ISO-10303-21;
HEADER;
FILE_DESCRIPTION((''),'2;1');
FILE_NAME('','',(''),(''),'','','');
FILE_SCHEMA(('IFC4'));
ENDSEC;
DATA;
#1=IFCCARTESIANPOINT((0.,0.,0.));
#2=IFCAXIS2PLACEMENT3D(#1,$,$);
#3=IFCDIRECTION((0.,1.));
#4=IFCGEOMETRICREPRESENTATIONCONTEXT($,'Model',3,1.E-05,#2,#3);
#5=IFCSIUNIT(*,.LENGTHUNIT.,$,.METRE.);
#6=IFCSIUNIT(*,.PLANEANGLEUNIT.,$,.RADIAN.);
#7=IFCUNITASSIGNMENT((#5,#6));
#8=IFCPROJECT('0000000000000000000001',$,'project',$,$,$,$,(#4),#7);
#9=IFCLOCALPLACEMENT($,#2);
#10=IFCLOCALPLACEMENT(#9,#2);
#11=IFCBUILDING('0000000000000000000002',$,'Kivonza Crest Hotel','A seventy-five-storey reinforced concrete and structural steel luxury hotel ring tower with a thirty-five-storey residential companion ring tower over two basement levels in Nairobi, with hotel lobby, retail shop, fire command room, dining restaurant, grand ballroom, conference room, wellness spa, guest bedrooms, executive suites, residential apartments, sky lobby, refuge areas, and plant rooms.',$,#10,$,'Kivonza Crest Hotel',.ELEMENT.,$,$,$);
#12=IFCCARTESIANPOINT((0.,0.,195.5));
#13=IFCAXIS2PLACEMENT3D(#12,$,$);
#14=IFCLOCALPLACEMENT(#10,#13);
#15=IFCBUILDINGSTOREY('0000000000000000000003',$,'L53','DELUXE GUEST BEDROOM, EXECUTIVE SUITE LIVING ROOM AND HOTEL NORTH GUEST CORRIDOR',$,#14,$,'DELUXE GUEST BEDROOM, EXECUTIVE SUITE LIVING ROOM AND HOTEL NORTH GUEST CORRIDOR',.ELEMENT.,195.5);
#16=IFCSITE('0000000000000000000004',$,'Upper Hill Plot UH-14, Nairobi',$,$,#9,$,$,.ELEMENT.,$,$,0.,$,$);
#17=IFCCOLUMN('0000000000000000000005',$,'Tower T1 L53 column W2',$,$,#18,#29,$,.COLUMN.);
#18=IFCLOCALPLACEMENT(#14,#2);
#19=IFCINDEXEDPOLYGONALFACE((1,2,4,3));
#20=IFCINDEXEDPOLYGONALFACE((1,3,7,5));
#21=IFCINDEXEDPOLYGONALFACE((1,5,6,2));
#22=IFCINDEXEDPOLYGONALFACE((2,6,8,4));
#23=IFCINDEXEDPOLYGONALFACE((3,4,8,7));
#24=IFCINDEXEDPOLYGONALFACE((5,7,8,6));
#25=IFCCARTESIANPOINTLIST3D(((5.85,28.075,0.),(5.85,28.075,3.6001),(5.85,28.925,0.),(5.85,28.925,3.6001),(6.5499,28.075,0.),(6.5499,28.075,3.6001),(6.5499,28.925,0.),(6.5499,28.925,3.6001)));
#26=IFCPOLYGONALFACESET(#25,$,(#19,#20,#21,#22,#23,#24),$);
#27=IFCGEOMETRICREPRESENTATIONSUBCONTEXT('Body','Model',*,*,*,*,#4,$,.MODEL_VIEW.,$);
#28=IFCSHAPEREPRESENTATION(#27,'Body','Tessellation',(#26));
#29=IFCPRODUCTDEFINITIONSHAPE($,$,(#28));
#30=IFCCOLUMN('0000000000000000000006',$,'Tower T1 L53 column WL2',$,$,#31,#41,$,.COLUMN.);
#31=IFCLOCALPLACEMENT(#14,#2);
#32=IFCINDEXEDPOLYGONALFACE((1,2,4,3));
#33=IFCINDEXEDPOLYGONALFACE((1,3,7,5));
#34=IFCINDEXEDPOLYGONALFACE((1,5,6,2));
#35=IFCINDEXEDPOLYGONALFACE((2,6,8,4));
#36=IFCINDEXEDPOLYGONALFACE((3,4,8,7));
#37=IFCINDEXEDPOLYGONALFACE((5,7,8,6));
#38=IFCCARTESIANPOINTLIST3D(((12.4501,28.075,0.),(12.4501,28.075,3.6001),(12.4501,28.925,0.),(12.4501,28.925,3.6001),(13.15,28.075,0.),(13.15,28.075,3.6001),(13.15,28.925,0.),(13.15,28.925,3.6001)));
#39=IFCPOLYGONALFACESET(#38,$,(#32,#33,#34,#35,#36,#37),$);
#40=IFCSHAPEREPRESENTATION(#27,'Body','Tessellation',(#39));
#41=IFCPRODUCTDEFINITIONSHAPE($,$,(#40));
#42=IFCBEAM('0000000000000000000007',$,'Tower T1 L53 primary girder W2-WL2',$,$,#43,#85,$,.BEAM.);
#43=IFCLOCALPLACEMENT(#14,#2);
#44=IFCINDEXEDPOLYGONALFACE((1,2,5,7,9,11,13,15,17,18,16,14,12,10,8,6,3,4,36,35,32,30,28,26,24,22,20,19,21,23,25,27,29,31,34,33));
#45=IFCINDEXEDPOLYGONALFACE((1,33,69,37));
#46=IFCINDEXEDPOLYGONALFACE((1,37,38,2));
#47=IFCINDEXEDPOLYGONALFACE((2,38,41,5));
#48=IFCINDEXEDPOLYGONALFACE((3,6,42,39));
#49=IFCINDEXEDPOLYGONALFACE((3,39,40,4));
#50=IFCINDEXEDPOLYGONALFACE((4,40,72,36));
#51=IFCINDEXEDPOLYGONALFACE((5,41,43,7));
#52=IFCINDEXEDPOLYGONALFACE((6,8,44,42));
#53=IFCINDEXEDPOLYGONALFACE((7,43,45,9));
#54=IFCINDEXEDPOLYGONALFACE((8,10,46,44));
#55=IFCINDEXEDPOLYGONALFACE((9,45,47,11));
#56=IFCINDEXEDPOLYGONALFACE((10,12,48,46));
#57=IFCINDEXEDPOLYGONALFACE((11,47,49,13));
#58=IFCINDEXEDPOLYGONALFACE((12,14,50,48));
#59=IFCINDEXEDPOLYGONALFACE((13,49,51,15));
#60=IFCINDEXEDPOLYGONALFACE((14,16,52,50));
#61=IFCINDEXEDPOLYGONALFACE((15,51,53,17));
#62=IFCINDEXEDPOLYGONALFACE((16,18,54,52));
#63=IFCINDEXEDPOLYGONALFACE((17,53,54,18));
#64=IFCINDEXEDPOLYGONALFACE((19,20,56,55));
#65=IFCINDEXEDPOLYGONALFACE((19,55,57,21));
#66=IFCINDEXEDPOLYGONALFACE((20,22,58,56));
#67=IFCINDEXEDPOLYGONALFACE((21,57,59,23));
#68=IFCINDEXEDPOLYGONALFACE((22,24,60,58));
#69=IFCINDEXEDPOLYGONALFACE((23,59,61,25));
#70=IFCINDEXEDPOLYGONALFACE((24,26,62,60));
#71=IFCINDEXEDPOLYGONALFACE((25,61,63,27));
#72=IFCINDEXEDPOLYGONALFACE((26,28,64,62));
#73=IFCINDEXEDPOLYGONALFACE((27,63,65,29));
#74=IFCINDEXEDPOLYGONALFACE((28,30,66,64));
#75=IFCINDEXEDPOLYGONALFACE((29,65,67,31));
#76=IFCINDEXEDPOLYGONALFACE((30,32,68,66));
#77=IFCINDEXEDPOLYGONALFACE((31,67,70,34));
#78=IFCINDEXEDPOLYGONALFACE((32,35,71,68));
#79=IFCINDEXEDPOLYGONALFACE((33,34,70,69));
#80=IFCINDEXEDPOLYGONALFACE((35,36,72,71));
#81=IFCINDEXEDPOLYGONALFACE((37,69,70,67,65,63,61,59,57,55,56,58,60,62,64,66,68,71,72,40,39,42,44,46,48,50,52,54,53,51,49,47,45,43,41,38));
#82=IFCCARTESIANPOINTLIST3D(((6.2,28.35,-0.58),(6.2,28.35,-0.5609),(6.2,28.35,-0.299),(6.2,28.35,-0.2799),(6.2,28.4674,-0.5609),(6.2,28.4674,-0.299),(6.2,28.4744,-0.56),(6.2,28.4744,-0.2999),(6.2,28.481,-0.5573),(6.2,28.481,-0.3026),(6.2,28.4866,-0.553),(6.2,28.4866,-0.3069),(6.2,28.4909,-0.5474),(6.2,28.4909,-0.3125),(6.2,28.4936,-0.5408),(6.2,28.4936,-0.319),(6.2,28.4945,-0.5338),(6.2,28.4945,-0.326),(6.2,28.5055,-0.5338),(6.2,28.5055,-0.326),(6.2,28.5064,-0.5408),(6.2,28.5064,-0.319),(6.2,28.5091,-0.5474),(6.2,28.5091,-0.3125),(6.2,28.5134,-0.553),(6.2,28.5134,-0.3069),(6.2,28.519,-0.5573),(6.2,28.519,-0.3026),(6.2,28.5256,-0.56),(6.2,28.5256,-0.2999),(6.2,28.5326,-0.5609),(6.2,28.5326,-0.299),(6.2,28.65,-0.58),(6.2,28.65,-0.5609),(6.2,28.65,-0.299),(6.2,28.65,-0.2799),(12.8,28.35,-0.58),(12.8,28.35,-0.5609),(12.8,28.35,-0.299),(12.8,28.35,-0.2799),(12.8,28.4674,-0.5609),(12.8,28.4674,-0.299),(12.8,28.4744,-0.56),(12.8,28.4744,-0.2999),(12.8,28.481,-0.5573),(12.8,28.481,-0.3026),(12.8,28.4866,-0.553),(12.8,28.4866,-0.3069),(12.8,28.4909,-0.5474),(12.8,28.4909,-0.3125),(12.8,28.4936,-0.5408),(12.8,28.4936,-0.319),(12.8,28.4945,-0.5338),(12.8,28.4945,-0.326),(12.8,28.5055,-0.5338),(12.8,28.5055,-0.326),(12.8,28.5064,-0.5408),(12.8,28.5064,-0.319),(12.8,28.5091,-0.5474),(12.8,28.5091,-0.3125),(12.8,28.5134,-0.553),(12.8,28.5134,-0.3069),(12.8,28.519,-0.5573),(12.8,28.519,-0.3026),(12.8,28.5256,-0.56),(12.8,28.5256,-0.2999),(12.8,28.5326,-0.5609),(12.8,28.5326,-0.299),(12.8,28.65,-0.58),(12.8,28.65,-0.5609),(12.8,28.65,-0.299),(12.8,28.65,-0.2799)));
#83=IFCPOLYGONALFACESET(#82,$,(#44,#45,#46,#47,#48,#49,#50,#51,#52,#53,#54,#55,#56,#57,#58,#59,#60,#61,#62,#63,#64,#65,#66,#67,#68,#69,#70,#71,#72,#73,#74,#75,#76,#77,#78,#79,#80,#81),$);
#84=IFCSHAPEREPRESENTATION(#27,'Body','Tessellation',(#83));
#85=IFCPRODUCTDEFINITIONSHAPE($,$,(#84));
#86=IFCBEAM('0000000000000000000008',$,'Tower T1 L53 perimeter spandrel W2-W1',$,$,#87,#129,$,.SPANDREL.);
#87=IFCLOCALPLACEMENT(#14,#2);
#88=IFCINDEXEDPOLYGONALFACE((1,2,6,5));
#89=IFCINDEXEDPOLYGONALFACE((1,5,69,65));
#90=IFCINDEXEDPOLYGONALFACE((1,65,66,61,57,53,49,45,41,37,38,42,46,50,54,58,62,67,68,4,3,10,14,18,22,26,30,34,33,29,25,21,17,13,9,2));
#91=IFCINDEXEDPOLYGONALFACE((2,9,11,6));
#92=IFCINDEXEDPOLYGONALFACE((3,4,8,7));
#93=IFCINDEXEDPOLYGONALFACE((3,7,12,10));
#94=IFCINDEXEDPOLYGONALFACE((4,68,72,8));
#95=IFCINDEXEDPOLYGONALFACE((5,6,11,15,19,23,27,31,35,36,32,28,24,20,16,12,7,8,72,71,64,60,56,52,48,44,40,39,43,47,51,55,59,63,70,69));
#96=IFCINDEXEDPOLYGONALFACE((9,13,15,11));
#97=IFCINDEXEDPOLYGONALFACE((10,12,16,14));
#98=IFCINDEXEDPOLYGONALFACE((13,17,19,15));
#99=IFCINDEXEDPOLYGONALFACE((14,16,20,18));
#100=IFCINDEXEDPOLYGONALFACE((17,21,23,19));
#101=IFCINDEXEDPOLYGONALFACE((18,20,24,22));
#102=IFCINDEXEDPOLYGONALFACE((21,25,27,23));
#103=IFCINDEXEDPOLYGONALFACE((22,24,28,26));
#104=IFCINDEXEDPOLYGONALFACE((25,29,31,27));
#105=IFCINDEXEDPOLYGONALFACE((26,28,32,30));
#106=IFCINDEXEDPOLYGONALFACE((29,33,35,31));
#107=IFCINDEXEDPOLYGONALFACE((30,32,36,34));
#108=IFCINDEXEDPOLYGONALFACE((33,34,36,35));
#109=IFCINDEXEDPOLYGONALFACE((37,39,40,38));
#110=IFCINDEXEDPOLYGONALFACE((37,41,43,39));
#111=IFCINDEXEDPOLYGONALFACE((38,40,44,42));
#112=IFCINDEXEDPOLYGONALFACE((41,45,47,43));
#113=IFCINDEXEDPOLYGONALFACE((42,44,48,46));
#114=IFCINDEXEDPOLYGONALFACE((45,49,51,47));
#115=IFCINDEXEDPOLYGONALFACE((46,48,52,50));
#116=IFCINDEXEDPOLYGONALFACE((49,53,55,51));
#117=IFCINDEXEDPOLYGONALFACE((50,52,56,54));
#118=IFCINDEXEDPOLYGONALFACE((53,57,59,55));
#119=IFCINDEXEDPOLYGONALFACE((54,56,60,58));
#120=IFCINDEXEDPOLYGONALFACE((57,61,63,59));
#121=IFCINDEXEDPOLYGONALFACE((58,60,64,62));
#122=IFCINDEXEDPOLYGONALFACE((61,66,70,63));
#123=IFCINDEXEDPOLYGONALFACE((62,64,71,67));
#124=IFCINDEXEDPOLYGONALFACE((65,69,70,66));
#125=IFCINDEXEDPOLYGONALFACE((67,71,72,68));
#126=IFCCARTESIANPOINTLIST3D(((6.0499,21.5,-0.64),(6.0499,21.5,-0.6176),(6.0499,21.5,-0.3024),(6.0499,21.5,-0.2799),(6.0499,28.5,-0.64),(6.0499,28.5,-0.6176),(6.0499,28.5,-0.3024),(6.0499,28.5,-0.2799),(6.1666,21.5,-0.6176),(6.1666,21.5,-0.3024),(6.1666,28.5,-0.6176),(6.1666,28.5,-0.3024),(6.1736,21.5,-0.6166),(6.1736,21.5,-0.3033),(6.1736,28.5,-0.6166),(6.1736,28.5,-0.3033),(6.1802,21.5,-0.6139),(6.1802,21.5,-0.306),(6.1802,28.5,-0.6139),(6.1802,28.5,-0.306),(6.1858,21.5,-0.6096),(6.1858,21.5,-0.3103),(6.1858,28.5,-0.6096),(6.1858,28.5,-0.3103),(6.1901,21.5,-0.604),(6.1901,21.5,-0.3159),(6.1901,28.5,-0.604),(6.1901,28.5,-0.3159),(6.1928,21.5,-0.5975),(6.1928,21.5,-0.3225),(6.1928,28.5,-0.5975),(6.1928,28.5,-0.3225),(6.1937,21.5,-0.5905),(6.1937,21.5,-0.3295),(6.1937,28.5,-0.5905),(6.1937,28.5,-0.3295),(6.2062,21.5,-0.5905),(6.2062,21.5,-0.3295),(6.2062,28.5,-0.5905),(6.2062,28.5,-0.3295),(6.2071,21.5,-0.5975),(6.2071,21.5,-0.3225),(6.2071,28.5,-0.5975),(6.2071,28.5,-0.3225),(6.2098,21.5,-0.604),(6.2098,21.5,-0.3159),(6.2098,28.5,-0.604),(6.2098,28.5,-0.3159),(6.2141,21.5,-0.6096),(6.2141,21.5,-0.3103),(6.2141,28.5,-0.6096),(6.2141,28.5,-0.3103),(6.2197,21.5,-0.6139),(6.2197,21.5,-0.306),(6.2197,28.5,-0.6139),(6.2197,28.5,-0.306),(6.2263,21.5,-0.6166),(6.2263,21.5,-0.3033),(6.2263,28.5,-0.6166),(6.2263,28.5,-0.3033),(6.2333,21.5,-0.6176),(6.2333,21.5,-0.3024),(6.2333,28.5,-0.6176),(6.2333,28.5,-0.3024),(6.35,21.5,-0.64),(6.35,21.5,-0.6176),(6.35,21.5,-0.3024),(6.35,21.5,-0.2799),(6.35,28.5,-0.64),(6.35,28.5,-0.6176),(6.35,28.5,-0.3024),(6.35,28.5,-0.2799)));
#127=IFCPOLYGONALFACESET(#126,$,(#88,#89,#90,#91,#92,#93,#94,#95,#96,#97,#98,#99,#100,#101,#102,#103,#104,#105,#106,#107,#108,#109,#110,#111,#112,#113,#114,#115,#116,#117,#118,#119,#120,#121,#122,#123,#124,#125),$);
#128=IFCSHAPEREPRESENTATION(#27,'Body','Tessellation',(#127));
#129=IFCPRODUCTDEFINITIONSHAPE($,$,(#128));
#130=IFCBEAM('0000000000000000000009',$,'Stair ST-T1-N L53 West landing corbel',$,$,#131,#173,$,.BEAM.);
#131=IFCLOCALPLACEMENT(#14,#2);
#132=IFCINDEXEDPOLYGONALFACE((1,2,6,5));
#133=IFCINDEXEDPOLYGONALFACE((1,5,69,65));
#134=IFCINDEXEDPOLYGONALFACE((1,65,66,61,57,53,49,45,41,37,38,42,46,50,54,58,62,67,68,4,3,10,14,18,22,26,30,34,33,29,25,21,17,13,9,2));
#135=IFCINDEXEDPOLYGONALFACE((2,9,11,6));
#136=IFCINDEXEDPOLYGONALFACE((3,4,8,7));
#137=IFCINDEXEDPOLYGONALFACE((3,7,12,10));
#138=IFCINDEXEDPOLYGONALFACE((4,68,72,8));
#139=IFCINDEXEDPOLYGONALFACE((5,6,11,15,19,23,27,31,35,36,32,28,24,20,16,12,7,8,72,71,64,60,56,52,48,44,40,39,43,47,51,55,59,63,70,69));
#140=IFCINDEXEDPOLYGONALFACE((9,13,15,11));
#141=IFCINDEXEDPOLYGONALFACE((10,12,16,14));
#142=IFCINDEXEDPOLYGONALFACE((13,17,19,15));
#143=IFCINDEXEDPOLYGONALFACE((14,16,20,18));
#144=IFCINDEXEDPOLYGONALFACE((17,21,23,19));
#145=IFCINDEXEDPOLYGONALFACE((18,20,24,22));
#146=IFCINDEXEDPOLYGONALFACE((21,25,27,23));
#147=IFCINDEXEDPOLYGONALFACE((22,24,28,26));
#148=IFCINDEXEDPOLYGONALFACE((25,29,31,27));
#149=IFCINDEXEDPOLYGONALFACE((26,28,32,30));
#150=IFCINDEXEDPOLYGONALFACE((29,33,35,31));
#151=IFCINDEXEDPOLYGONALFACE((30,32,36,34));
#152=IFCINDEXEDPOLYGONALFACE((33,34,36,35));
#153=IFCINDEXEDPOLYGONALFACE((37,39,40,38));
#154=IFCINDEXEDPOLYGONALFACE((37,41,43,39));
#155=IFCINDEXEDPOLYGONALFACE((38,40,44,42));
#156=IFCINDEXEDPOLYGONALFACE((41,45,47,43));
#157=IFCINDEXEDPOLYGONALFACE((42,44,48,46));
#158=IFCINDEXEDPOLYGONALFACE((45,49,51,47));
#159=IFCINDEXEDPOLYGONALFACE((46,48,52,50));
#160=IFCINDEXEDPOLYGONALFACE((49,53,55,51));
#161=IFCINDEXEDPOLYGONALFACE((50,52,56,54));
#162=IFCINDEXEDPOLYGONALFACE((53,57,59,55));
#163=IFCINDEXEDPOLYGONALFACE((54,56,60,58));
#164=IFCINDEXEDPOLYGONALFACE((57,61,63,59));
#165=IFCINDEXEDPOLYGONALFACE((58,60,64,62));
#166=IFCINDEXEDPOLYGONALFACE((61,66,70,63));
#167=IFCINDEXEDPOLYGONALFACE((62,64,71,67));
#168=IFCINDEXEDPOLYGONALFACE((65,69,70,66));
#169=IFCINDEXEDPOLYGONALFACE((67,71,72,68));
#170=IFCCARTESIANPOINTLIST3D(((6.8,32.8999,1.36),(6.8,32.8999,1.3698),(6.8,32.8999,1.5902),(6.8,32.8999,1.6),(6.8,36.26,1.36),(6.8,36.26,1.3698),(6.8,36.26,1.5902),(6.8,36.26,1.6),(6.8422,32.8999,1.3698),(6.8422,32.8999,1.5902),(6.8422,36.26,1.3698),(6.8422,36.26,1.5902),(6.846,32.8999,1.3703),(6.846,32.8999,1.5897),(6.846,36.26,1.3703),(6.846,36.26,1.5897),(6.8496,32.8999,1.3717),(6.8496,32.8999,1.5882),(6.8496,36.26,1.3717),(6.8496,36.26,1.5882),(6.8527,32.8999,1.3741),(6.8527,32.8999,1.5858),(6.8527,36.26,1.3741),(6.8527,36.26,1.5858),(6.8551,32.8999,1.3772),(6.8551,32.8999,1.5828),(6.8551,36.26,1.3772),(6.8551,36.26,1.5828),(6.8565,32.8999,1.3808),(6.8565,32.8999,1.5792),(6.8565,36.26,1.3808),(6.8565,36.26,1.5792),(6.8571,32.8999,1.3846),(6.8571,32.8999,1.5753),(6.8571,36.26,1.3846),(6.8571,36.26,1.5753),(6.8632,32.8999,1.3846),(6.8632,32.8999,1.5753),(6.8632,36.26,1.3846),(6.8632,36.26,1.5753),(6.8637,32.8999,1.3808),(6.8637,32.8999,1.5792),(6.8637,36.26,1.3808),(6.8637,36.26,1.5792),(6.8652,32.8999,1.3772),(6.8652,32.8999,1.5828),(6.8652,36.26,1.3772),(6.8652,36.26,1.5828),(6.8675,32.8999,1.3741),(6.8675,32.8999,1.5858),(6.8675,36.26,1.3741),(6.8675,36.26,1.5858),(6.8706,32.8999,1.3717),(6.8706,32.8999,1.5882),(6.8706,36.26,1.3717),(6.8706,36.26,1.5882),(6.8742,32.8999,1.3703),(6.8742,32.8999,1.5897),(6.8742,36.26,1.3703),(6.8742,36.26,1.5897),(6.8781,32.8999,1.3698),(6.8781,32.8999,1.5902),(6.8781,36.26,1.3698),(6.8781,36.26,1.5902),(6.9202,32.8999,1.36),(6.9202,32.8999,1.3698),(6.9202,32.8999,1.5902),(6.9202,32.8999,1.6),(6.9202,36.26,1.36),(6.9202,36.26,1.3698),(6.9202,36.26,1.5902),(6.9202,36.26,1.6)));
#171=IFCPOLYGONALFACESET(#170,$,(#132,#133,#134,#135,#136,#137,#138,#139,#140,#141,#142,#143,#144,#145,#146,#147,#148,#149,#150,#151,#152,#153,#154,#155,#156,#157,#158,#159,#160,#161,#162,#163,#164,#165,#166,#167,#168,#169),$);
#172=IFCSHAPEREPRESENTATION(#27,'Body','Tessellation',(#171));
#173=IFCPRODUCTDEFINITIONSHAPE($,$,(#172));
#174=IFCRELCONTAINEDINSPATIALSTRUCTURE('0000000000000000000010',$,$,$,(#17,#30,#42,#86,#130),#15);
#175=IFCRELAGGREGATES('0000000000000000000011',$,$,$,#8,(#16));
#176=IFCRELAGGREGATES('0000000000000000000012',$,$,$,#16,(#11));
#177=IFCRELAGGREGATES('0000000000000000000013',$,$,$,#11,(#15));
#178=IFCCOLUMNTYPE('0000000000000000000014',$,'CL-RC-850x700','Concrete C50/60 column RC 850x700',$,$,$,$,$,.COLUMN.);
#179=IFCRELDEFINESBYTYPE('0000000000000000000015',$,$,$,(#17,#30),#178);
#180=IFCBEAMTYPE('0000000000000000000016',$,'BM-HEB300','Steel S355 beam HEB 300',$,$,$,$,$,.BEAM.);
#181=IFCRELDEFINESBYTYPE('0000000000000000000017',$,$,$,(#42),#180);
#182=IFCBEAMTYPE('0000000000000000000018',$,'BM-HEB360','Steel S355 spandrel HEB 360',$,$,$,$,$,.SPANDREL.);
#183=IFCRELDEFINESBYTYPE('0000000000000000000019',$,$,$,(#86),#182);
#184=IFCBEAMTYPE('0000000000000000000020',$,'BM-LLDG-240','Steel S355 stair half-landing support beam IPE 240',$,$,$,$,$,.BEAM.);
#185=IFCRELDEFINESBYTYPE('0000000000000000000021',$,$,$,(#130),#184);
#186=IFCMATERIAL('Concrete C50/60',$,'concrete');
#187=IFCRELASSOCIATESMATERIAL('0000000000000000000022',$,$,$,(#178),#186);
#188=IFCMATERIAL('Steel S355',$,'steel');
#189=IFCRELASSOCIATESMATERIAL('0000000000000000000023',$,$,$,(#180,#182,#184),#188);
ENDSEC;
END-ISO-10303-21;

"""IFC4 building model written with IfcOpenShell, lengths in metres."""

from ifc_helpers import new_model, si_unit, direction, frame, origin, origin_2d, place, context, subcontext, project, spatial, rectangle, i_section, extrude, material, material_profile, profile_set, type_object, element, save


model = new_model("IFC4")

# Units and contexts
model_context = context("Model", 3, precision=1e-05, world=origin(), true_north=direction((0.0, 1.0)))
body_context = subcontext(model_context, "Body", "Model", "MODEL_VIEW")
ifc_project = project(units=[si_unit("LENGTHUNIT", "METRE"), si_unit("PLANEANGLEUNIT", "RADIAN")], contexts=[model_context])

# Site, building, storey
site_placement = place(None, origin())
site = spatial("IfcSite", under=ifc_project, at=site_placement, Name="Upper Hill Plot UH-14, Nairobi", CompositionType="ELEMENT", RefElevation=0.0)
building_placement = place(site_placement, origin())
building = spatial("IfcBuilding", under=site, at=building_placement, Name="Kivonza Crest Hotel", Description="A seventy-five-storey reinforced concrete and structural steel luxury hotel ring tower with a thirty-five-storey residential companion ring tower over two basement levels in Nairobi, with hotel lobby, retail shop, fire command room, dining restaurant, grand ballroom, conference room, wellness spa, guest bedrooms, executive suites, residential apartments, sky lobby, refuge areas, and plant rooms.", LongName="Kivonza Crest Hotel", CompositionType="ELEMENT")
storey_placement = place(building_placement, frame((0.0, 0.0, 195.5)))
storey = spatial("IfcBuildingStorey", under=building, at=storey_placement, Name="L53", Description="DELUXE GUEST BEDROOM, EXECUTIVE SUITE LIVING ROOM AND HOTEL NORTH GUEST CORRIDOR", LongName="DELUXE GUEST BEDROOM, EXECUTIVE SUITE LIVING ROOM AND HOTEL NORTH GUEST CORRIDOR", CompositionType="ELEMENT", Elevation=195.5)

# Columns
ifc_material_1 = material(Name="Concrete C50/60", Category="concrete")
ifc_material_profile_1 = material_profile(ifc_material_1, rectangle(XDim=0.7, YDim=0.8501, at=origin_2d()), Name="RC 850x700")
ifc_profile_set_1 = profile_set([ifc_material_profile_1], Name="Concrete C50/60")
column_type = type_object("IfcColumnType", Name="CL-RC-850x700", Description="Concrete C50/60 column RC 850x700", PredefinedType="COLUMN", material=ifc_profile_set_1)
for number, where, z_axis, x_axis, name in (
    (1, (6.2, 28.5, 0.0), (0.0, 0.0, 1.0), (1.0, 0.0, 0.0), "Tower T1 L53 column W2"),
    (2, (12.8, 28.5, 0.0), (0.0, 0.0, 1.0), (1.0, 0.0, 0.0), "Tower T1 L53 column WL2"),
):
    element("IfcColumn", number, at=place(storey_placement, frame(where, z_axis=z_axis, x_axis=x_axis)), inside=storey, type_object=column_type, Name=name, PredefinedType="COLUMN", context=body_context, shape_type="SweptSolid", body=[
        extrude(rectangle(XDim=0.7, YDim=0.8501, at=origin_2d()), origin(), (0.0, 0.0, 1.0), 3.6001),
    ])

# Beams
ifc_material_2 = material(Name="Steel S355", Category="steel")
ifc_material_profile_2 = material_profile(ifc_material_2, i_section(OverallWidth=0.3, OverallDepth=0.3, WebThickness=0.011, FlangeThickness=0.019, FilletRadius=0.0271, at=origin_2d()), Name="HEB 300")
ifc_profile_set_2 = profile_set([ifc_material_profile_2], Name="Steel S355")
beam_type_1 = type_object("IfcBeamType", Name="BM-HEB300", Description="Steel S355 beam HEB 300", PredefinedType="BEAM", material=ifc_profile_set_2)
beam_1_placement = place(storey_placement, frame((6.2, 28.5, -0.4299), z_axis=(1.0, 0.0, 0.0), x_axis=(0.0, 1.0, 0.0)))
element("IfcBeam", 3, at=beam_1_placement, inside=storey, type_object=beam_type_1, Name="Tower T1 L53 primary girder W2-WL2", PredefinedType="BEAM", context=body_context, shape_type="SweptSolid", body=[
    extrude(i_section(OverallWidth=0.3, OverallDepth=0.3, WebThickness=0.011, FlangeThickness=0.019, FilletRadius=0.0271, at=origin_2d()), origin(), (0.0, 0.0, 1.0), 6.6001),
])
ifc_material_profile_3 = material_profile(ifc_material_2, i_section(OverallWidth=0.3, OverallDepth=0.3601, WebThickness=0.0125, FlangeThickness=0.0225, FilletRadius=0.0271, at=origin_2d()), Name="HEB 360")
ifc_profile_set_3 = profile_set([ifc_material_profile_3], Name="Steel S355")
beam_type_2 = type_object("IfcBeamType", Name="BM-HEB360", Description="Steel S355 spandrel HEB 360", PredefinedType="SPANDREL", material=ifc_profile_set_3)
beam_2_placement = place(storey_placement, frame((6.2, 28.5, -0.46), z_axis=(0.0, -1.0, 0.0), x_axis=(1.0, 0.0, 0.0)))
element("IfcBeam", 4, at=beam_2_placement, inside=storey, type_object=beam_type_2, Name="Tower T1 L53 perimeter spandrel W2-W1", PredefinedType="SPANDREL", context=body_context, shape_type="SweptSolid", body=[
    extrude(i_section(OverallWidth=0.3, OverallDepth=0.3601, WebThickness=0.0125, FlangeThickness=0.0225, FilletRadius=0.0271, at=origin_2d()), origin(), (0.0, 0.0, 1.0), 7.0),
])
ifc_material_profile_4 = material_profile(ifc_material_2, i_section(OverallWidth=0.1201, OverallDepth=0.24, WebThickness=0.0061, FlangeThickness=0.0098, FilletRadius=0.0149, at=origin_2d()), Name="IPE 240")
ifc_profile_set_4 = profile_set([ifc_material_profile_4], Name="Steel S355")
beam_type_3 = type_object("IfcBeamType", Name="BM-LLDG-240", Description="Steel S355 stair half-landing support beam IPE 240", PredefinedType="BEAM", material=ifc_profile_set_4)
beam_3_placement = place(storey_placement, frame((6.8601, 32.8999, 1.48), z_axis=(0.0, 1.0, 0.0), x_axis=(-1.0, 0.0, 0.0)))
element("IfcBeam", 5, at=beam_3_placement, inside=storey, type_object=beam_type_3, Name="Stair ST-T1-N L53 West landing corbel", PredefinedType="BEAM", context=body_context, shape_type="SweptSolid", body=[
    extrude(i_section(OverallWidth=0.1201, OverallDepth=0.24, WebThickness=0.0061, FlangeThickness=0.0098, FilletRadius=0.0149, at=origin_2d()), origin(), (0.0, 0.0, 1.0), 3.3601),
])

save(model, "model.ifc")
